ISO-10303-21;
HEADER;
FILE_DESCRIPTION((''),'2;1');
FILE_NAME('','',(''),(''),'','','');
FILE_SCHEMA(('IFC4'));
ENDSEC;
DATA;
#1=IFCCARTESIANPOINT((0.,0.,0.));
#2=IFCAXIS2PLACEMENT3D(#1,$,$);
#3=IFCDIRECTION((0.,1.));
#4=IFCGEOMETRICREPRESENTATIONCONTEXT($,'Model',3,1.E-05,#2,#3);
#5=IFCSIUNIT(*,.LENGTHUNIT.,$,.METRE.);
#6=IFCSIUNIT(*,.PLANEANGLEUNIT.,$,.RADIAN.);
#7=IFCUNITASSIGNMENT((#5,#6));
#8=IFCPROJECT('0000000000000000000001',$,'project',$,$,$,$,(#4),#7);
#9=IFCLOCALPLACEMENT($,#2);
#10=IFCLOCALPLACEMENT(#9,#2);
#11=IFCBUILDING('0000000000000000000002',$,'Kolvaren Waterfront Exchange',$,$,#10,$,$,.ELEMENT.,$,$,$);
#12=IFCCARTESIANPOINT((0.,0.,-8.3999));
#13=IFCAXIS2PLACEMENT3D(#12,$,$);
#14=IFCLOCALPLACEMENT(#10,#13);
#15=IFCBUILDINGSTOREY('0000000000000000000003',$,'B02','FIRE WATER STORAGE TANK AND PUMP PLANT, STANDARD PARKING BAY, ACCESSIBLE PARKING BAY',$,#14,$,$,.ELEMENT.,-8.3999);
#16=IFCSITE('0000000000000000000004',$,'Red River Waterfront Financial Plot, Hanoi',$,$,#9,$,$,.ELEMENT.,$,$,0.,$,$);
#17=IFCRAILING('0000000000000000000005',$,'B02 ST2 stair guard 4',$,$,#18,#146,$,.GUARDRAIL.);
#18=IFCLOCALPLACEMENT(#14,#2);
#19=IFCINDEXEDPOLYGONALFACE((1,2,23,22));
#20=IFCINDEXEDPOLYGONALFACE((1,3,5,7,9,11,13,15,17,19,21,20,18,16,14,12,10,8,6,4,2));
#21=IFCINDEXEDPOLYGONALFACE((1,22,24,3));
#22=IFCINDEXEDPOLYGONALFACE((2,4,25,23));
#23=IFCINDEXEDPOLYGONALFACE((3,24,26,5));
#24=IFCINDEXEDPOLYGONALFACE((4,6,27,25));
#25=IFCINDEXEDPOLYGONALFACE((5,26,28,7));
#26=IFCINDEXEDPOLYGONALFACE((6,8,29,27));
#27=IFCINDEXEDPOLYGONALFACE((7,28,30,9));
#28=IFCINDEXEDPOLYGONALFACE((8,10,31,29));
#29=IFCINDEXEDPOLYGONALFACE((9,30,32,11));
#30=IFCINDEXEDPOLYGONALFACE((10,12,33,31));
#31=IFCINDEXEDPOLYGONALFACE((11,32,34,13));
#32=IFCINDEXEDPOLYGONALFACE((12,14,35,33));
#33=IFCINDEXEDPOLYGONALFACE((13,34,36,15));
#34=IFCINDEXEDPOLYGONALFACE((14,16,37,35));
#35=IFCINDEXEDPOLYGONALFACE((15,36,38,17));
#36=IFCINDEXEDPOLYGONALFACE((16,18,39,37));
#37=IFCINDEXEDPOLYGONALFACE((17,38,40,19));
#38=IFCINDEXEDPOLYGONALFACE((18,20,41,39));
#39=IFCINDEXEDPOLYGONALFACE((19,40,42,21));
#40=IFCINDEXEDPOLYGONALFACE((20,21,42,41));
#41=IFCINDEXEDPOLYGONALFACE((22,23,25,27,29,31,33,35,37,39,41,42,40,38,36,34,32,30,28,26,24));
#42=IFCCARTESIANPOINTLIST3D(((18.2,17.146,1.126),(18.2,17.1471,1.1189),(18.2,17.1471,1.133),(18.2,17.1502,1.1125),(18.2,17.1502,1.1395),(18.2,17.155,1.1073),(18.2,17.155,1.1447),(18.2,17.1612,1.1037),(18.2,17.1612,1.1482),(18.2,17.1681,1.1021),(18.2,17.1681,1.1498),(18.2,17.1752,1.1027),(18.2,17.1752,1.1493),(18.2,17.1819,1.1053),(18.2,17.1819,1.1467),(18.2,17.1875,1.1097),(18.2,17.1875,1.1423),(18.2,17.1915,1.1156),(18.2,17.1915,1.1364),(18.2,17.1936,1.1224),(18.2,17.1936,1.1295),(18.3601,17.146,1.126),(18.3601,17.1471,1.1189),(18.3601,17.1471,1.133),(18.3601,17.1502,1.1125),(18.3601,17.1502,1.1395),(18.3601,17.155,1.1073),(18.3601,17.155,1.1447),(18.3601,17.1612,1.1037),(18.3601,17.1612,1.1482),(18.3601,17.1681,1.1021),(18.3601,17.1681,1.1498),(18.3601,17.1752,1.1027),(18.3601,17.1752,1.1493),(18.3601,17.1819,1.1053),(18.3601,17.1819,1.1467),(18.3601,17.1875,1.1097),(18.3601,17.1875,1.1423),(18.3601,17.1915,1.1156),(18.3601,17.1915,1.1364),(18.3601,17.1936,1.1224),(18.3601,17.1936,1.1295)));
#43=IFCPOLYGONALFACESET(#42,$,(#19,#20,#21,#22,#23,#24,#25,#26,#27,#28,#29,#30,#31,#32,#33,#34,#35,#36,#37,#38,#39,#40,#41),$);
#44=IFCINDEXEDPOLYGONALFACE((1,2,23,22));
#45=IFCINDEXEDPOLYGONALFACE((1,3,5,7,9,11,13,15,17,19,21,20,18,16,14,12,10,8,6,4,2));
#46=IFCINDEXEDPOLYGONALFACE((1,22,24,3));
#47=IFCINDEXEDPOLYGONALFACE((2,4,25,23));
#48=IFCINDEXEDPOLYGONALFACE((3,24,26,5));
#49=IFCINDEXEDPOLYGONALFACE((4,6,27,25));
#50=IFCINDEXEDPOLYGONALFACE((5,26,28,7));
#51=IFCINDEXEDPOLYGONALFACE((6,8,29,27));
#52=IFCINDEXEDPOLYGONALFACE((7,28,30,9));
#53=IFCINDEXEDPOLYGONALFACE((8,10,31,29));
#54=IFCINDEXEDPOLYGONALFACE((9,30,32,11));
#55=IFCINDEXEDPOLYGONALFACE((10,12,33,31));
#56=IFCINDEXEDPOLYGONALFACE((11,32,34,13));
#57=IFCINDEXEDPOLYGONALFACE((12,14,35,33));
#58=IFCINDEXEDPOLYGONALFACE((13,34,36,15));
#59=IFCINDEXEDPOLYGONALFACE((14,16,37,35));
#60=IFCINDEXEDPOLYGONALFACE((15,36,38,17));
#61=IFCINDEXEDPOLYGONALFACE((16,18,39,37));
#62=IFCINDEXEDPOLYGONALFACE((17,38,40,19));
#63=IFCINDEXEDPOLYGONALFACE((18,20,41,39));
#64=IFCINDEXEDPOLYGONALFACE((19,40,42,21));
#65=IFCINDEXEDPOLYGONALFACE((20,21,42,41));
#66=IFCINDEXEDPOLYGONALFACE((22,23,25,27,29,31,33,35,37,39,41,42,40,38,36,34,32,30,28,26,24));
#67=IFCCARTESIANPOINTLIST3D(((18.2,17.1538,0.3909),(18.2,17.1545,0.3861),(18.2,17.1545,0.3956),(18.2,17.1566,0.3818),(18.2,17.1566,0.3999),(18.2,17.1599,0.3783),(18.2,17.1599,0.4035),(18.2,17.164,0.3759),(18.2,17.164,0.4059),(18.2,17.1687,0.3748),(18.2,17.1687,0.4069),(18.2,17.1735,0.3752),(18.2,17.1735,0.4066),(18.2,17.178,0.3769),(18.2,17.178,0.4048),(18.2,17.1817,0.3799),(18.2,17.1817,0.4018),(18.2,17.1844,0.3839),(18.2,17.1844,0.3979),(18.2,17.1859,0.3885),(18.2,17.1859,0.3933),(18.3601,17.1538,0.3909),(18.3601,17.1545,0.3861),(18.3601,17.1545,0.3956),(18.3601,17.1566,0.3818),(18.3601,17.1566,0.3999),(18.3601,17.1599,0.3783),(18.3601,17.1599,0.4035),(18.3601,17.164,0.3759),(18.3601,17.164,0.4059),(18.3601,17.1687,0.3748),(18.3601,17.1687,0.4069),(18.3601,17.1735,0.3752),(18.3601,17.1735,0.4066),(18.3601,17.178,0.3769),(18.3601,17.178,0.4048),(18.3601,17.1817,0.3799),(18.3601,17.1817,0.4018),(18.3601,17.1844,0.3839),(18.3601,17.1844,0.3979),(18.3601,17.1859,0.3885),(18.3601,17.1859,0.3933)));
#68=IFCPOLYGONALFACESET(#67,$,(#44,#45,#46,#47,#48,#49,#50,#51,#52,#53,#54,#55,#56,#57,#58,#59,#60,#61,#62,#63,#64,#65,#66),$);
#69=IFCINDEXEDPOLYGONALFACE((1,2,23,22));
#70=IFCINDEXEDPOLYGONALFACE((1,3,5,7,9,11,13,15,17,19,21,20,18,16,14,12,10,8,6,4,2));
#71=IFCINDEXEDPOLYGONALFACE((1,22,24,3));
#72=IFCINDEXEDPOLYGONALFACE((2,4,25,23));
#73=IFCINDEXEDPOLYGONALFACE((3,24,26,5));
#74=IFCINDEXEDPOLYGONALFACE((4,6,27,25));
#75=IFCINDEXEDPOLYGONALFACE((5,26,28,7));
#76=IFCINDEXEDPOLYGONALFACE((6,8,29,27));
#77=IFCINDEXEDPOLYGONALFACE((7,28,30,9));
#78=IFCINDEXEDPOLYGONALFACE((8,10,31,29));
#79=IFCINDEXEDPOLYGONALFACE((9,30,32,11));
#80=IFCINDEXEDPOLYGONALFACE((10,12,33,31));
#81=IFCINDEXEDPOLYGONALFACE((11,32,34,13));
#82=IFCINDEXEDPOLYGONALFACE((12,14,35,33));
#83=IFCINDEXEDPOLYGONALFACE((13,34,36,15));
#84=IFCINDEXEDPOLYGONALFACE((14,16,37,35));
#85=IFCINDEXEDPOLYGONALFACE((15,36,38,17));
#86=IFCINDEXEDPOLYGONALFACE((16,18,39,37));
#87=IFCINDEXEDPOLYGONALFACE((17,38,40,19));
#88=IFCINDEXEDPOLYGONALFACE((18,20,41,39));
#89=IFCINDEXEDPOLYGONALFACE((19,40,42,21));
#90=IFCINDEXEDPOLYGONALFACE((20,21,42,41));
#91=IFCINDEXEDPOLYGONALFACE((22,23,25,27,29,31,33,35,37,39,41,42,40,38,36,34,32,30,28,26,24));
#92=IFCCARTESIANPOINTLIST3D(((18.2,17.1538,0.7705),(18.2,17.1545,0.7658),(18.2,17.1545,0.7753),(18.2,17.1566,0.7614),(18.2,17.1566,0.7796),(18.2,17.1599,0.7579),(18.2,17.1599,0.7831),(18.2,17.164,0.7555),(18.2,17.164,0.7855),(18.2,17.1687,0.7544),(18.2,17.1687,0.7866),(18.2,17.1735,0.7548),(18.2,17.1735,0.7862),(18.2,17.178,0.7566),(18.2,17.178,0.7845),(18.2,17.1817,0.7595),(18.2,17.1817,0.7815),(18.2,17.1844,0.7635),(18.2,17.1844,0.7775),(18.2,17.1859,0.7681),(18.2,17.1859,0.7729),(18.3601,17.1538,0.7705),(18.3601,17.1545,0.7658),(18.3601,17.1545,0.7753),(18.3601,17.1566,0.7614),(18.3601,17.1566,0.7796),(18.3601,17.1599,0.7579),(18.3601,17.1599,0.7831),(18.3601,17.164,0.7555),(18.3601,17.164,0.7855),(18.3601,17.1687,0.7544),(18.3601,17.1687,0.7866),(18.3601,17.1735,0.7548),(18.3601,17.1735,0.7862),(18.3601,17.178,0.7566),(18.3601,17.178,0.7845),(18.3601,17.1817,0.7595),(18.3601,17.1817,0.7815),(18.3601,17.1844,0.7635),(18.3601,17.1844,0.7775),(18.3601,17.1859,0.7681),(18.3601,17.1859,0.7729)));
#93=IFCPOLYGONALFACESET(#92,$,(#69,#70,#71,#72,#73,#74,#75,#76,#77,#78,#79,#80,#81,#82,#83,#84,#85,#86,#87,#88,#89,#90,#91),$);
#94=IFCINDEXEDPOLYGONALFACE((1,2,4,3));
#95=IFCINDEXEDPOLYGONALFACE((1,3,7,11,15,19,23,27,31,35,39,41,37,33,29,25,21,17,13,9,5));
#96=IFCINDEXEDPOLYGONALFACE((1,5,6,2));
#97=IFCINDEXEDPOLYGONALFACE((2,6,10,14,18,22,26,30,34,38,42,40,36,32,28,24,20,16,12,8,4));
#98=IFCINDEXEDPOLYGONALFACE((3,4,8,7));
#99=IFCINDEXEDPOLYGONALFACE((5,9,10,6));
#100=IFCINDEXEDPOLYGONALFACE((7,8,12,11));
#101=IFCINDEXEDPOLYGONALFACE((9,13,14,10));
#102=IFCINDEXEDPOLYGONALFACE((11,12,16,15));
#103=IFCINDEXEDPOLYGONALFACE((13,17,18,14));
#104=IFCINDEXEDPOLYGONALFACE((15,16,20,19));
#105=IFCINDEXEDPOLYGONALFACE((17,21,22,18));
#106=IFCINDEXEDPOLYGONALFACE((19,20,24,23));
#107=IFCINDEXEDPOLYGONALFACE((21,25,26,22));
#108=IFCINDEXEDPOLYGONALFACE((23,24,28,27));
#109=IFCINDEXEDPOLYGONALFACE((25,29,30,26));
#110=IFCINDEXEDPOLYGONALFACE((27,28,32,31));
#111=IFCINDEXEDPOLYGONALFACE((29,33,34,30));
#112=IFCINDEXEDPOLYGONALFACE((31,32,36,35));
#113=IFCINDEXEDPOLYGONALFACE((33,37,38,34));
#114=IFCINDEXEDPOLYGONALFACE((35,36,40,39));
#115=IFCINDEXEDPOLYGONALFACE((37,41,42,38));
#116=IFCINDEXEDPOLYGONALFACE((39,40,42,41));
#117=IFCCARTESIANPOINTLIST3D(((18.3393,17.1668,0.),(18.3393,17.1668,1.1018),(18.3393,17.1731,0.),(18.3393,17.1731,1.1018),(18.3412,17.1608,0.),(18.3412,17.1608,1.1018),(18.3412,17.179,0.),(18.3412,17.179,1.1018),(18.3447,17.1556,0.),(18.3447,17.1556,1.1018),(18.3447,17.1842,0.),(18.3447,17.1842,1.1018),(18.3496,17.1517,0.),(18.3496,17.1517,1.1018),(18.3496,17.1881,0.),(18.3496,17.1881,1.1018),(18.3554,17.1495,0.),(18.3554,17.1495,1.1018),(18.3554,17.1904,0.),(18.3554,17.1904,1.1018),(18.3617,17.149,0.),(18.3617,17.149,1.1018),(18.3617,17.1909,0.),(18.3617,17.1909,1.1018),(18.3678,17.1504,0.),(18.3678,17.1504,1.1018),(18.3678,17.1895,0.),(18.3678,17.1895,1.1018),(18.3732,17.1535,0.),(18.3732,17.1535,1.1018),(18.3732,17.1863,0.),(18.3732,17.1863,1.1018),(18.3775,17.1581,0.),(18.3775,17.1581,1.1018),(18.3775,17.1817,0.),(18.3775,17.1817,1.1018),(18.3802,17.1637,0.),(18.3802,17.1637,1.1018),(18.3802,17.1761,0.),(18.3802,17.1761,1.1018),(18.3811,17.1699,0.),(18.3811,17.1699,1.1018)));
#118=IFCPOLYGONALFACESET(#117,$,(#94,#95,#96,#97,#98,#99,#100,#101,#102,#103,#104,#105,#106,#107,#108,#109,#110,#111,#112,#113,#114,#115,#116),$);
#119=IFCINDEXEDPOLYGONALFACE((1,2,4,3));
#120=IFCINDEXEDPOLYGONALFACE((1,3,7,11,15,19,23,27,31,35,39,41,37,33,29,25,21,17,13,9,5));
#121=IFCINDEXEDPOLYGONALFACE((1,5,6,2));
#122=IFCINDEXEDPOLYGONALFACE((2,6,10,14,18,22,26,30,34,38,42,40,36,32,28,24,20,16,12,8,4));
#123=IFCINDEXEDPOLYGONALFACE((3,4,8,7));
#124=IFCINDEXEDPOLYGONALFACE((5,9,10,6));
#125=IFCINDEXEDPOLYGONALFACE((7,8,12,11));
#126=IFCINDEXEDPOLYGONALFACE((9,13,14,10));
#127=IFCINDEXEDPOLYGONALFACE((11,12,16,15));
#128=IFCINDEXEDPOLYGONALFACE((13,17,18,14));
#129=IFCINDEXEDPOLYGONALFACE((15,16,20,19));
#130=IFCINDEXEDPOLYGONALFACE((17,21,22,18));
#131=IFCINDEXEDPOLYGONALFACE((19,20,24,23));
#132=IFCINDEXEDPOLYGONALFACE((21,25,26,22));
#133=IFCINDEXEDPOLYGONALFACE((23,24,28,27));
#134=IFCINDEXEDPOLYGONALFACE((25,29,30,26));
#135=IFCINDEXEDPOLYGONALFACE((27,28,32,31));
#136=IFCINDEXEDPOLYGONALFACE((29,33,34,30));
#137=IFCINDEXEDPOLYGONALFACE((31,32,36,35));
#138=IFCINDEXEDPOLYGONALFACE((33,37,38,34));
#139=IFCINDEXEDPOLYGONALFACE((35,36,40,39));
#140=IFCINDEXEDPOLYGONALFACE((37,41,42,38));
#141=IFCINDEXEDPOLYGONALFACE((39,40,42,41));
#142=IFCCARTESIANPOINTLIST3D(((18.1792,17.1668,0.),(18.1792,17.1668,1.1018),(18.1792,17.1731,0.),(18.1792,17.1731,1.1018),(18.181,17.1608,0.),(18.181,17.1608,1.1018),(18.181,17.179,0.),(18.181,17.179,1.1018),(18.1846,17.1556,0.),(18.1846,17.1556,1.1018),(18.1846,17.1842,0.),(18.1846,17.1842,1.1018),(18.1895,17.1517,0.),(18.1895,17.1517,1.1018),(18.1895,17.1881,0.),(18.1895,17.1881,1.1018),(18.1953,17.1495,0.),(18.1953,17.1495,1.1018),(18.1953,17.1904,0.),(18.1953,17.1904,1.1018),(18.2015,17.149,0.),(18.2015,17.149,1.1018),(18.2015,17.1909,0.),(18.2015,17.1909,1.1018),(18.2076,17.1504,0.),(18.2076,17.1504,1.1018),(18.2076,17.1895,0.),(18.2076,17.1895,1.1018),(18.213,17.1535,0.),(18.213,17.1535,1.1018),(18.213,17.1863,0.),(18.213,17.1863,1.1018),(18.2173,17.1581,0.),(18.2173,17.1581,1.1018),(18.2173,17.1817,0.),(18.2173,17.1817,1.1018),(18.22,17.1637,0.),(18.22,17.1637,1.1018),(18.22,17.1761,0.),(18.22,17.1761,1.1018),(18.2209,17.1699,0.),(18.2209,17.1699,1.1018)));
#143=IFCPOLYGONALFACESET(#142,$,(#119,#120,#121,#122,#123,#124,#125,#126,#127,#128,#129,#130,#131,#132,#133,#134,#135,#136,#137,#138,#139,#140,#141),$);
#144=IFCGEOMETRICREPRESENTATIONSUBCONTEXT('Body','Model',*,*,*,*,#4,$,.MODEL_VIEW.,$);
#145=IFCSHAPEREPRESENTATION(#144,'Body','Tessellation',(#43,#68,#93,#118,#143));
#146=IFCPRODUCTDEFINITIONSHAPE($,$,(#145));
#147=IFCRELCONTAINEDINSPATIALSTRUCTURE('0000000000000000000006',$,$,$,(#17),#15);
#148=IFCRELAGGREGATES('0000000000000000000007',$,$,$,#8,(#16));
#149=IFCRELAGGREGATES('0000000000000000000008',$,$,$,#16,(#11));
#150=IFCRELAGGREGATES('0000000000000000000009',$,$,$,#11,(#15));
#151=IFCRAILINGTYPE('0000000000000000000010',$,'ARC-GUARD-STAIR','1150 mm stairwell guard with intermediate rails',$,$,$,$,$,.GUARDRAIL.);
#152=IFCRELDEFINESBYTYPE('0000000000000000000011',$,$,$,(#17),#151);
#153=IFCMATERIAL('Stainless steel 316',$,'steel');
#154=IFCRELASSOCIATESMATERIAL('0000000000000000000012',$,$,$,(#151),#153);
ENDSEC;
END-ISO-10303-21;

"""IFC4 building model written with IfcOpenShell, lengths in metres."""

from ifc_helpers import new_model, si_unit, direction, frame, origin, origin_2d, place, context, subcontext, project, spatial, circle, extrude, material, type_object, element, save


model = new_model("IFC4")

# Units and contexts
model_context = context("Model", 3, precision=1e-05, world=origin(), true_north=direction((0.0, 1.0)))
body_context = subcontext(model_context, "Body", "Model", "MODEL_VIEW")
ifc_project = project(units=[si_unit("LENGTHUNIT", "METRE"), si_unit("PLANEANGLEUNIT", "RADIAN")], contexts=[model_context])

# Site, building, storey
site_placement = place(None, origin())
site = spatial("IfcSite", under=ifc_project, at=site_placement, Name="Red River Waterfront Financial Plot, Hanoi", CompositionType="ELEMENT", RefElevation=0.0)
building_placement = place(site_placement, origin())
building = spatial("IfcBuilding", under=site, at=building_placement, Name="Kolvaren Waterfront Exchange", CompositionType="ELEMENT")
storey_placement = place(building_placement, frame((0.0, 0.0, -8.3999)))
storey = spatial("IfcBuildingStorey", under=building, at=storey_placement, Name="B02", Description="FIRE WATER STORAGE TANK AND PUMP PLANT, STANDARD PARKING BAY, ACCESSIBLE PARKING BAY", CompositionType="ELEMENT", Elevation=-8.3999)

# Railing
ifc_material_1 = material(Name="Stainless steel 316", Category="steel")
railing_type_1 = type_object("IfcRailingType", Name="ARC-GUARD-STAIR", Description="1150 mm stairwell guard with intermediate rails", PredefinedType="GUARDRAIL", material=ifc_material_1)
railing_1_placement = place(storey_placement, frame((18.3601, 17.1699, 0.0)))
element("IfcRailing", 1, at=railing_1_placement, inside=storey, type_object=railing_type_1, Name="B02 ST2 stair guard 4", PredefinedType="GUARDRAIL", context=body_context, shape_type="SweptSolid", body=[
    extrude(circle(Radius=0.0239, at=origin_2d()), frame((0.0, 0.0, 1.126), z_axis=(-1.0, 0.0, 0.0), x_axis=(0.0, -1.0, 0.0)), (0.0, 0.0, 1.0), 0.1602),
    extrude(circle(Radius=0.0161, at=origin_2d()), frame((0.0, 0.0, 0.3909), z_axis=(-1.0, 0.0, 0.0), x_axis=(0.0, -1.0, 0.0)), (0.0, 0.0, 1.0), 0.1602),
    extrude(circle(Radius=0.0161, at=origin_2d()), frame((0.0, 0.0, 0.7705), z_axis=(-1.0, 0.0, 0.0), x_axis=(0.0, -1.0, 0.0)), (0.0, 0.0, 1.0), 0.1602),
    extrude(circle(Radius=0.021, at=origin_2d()), origin(), (0.0, 0.0, 1.0), 1.1018),
    extrude(circle(Radius=0.021, at=origin_2d()), frame((-0.1602, 0.0, 0.0)), (0.0, 0.0, 1.0), 1.1018),
])

save(model, "model.ifc")
